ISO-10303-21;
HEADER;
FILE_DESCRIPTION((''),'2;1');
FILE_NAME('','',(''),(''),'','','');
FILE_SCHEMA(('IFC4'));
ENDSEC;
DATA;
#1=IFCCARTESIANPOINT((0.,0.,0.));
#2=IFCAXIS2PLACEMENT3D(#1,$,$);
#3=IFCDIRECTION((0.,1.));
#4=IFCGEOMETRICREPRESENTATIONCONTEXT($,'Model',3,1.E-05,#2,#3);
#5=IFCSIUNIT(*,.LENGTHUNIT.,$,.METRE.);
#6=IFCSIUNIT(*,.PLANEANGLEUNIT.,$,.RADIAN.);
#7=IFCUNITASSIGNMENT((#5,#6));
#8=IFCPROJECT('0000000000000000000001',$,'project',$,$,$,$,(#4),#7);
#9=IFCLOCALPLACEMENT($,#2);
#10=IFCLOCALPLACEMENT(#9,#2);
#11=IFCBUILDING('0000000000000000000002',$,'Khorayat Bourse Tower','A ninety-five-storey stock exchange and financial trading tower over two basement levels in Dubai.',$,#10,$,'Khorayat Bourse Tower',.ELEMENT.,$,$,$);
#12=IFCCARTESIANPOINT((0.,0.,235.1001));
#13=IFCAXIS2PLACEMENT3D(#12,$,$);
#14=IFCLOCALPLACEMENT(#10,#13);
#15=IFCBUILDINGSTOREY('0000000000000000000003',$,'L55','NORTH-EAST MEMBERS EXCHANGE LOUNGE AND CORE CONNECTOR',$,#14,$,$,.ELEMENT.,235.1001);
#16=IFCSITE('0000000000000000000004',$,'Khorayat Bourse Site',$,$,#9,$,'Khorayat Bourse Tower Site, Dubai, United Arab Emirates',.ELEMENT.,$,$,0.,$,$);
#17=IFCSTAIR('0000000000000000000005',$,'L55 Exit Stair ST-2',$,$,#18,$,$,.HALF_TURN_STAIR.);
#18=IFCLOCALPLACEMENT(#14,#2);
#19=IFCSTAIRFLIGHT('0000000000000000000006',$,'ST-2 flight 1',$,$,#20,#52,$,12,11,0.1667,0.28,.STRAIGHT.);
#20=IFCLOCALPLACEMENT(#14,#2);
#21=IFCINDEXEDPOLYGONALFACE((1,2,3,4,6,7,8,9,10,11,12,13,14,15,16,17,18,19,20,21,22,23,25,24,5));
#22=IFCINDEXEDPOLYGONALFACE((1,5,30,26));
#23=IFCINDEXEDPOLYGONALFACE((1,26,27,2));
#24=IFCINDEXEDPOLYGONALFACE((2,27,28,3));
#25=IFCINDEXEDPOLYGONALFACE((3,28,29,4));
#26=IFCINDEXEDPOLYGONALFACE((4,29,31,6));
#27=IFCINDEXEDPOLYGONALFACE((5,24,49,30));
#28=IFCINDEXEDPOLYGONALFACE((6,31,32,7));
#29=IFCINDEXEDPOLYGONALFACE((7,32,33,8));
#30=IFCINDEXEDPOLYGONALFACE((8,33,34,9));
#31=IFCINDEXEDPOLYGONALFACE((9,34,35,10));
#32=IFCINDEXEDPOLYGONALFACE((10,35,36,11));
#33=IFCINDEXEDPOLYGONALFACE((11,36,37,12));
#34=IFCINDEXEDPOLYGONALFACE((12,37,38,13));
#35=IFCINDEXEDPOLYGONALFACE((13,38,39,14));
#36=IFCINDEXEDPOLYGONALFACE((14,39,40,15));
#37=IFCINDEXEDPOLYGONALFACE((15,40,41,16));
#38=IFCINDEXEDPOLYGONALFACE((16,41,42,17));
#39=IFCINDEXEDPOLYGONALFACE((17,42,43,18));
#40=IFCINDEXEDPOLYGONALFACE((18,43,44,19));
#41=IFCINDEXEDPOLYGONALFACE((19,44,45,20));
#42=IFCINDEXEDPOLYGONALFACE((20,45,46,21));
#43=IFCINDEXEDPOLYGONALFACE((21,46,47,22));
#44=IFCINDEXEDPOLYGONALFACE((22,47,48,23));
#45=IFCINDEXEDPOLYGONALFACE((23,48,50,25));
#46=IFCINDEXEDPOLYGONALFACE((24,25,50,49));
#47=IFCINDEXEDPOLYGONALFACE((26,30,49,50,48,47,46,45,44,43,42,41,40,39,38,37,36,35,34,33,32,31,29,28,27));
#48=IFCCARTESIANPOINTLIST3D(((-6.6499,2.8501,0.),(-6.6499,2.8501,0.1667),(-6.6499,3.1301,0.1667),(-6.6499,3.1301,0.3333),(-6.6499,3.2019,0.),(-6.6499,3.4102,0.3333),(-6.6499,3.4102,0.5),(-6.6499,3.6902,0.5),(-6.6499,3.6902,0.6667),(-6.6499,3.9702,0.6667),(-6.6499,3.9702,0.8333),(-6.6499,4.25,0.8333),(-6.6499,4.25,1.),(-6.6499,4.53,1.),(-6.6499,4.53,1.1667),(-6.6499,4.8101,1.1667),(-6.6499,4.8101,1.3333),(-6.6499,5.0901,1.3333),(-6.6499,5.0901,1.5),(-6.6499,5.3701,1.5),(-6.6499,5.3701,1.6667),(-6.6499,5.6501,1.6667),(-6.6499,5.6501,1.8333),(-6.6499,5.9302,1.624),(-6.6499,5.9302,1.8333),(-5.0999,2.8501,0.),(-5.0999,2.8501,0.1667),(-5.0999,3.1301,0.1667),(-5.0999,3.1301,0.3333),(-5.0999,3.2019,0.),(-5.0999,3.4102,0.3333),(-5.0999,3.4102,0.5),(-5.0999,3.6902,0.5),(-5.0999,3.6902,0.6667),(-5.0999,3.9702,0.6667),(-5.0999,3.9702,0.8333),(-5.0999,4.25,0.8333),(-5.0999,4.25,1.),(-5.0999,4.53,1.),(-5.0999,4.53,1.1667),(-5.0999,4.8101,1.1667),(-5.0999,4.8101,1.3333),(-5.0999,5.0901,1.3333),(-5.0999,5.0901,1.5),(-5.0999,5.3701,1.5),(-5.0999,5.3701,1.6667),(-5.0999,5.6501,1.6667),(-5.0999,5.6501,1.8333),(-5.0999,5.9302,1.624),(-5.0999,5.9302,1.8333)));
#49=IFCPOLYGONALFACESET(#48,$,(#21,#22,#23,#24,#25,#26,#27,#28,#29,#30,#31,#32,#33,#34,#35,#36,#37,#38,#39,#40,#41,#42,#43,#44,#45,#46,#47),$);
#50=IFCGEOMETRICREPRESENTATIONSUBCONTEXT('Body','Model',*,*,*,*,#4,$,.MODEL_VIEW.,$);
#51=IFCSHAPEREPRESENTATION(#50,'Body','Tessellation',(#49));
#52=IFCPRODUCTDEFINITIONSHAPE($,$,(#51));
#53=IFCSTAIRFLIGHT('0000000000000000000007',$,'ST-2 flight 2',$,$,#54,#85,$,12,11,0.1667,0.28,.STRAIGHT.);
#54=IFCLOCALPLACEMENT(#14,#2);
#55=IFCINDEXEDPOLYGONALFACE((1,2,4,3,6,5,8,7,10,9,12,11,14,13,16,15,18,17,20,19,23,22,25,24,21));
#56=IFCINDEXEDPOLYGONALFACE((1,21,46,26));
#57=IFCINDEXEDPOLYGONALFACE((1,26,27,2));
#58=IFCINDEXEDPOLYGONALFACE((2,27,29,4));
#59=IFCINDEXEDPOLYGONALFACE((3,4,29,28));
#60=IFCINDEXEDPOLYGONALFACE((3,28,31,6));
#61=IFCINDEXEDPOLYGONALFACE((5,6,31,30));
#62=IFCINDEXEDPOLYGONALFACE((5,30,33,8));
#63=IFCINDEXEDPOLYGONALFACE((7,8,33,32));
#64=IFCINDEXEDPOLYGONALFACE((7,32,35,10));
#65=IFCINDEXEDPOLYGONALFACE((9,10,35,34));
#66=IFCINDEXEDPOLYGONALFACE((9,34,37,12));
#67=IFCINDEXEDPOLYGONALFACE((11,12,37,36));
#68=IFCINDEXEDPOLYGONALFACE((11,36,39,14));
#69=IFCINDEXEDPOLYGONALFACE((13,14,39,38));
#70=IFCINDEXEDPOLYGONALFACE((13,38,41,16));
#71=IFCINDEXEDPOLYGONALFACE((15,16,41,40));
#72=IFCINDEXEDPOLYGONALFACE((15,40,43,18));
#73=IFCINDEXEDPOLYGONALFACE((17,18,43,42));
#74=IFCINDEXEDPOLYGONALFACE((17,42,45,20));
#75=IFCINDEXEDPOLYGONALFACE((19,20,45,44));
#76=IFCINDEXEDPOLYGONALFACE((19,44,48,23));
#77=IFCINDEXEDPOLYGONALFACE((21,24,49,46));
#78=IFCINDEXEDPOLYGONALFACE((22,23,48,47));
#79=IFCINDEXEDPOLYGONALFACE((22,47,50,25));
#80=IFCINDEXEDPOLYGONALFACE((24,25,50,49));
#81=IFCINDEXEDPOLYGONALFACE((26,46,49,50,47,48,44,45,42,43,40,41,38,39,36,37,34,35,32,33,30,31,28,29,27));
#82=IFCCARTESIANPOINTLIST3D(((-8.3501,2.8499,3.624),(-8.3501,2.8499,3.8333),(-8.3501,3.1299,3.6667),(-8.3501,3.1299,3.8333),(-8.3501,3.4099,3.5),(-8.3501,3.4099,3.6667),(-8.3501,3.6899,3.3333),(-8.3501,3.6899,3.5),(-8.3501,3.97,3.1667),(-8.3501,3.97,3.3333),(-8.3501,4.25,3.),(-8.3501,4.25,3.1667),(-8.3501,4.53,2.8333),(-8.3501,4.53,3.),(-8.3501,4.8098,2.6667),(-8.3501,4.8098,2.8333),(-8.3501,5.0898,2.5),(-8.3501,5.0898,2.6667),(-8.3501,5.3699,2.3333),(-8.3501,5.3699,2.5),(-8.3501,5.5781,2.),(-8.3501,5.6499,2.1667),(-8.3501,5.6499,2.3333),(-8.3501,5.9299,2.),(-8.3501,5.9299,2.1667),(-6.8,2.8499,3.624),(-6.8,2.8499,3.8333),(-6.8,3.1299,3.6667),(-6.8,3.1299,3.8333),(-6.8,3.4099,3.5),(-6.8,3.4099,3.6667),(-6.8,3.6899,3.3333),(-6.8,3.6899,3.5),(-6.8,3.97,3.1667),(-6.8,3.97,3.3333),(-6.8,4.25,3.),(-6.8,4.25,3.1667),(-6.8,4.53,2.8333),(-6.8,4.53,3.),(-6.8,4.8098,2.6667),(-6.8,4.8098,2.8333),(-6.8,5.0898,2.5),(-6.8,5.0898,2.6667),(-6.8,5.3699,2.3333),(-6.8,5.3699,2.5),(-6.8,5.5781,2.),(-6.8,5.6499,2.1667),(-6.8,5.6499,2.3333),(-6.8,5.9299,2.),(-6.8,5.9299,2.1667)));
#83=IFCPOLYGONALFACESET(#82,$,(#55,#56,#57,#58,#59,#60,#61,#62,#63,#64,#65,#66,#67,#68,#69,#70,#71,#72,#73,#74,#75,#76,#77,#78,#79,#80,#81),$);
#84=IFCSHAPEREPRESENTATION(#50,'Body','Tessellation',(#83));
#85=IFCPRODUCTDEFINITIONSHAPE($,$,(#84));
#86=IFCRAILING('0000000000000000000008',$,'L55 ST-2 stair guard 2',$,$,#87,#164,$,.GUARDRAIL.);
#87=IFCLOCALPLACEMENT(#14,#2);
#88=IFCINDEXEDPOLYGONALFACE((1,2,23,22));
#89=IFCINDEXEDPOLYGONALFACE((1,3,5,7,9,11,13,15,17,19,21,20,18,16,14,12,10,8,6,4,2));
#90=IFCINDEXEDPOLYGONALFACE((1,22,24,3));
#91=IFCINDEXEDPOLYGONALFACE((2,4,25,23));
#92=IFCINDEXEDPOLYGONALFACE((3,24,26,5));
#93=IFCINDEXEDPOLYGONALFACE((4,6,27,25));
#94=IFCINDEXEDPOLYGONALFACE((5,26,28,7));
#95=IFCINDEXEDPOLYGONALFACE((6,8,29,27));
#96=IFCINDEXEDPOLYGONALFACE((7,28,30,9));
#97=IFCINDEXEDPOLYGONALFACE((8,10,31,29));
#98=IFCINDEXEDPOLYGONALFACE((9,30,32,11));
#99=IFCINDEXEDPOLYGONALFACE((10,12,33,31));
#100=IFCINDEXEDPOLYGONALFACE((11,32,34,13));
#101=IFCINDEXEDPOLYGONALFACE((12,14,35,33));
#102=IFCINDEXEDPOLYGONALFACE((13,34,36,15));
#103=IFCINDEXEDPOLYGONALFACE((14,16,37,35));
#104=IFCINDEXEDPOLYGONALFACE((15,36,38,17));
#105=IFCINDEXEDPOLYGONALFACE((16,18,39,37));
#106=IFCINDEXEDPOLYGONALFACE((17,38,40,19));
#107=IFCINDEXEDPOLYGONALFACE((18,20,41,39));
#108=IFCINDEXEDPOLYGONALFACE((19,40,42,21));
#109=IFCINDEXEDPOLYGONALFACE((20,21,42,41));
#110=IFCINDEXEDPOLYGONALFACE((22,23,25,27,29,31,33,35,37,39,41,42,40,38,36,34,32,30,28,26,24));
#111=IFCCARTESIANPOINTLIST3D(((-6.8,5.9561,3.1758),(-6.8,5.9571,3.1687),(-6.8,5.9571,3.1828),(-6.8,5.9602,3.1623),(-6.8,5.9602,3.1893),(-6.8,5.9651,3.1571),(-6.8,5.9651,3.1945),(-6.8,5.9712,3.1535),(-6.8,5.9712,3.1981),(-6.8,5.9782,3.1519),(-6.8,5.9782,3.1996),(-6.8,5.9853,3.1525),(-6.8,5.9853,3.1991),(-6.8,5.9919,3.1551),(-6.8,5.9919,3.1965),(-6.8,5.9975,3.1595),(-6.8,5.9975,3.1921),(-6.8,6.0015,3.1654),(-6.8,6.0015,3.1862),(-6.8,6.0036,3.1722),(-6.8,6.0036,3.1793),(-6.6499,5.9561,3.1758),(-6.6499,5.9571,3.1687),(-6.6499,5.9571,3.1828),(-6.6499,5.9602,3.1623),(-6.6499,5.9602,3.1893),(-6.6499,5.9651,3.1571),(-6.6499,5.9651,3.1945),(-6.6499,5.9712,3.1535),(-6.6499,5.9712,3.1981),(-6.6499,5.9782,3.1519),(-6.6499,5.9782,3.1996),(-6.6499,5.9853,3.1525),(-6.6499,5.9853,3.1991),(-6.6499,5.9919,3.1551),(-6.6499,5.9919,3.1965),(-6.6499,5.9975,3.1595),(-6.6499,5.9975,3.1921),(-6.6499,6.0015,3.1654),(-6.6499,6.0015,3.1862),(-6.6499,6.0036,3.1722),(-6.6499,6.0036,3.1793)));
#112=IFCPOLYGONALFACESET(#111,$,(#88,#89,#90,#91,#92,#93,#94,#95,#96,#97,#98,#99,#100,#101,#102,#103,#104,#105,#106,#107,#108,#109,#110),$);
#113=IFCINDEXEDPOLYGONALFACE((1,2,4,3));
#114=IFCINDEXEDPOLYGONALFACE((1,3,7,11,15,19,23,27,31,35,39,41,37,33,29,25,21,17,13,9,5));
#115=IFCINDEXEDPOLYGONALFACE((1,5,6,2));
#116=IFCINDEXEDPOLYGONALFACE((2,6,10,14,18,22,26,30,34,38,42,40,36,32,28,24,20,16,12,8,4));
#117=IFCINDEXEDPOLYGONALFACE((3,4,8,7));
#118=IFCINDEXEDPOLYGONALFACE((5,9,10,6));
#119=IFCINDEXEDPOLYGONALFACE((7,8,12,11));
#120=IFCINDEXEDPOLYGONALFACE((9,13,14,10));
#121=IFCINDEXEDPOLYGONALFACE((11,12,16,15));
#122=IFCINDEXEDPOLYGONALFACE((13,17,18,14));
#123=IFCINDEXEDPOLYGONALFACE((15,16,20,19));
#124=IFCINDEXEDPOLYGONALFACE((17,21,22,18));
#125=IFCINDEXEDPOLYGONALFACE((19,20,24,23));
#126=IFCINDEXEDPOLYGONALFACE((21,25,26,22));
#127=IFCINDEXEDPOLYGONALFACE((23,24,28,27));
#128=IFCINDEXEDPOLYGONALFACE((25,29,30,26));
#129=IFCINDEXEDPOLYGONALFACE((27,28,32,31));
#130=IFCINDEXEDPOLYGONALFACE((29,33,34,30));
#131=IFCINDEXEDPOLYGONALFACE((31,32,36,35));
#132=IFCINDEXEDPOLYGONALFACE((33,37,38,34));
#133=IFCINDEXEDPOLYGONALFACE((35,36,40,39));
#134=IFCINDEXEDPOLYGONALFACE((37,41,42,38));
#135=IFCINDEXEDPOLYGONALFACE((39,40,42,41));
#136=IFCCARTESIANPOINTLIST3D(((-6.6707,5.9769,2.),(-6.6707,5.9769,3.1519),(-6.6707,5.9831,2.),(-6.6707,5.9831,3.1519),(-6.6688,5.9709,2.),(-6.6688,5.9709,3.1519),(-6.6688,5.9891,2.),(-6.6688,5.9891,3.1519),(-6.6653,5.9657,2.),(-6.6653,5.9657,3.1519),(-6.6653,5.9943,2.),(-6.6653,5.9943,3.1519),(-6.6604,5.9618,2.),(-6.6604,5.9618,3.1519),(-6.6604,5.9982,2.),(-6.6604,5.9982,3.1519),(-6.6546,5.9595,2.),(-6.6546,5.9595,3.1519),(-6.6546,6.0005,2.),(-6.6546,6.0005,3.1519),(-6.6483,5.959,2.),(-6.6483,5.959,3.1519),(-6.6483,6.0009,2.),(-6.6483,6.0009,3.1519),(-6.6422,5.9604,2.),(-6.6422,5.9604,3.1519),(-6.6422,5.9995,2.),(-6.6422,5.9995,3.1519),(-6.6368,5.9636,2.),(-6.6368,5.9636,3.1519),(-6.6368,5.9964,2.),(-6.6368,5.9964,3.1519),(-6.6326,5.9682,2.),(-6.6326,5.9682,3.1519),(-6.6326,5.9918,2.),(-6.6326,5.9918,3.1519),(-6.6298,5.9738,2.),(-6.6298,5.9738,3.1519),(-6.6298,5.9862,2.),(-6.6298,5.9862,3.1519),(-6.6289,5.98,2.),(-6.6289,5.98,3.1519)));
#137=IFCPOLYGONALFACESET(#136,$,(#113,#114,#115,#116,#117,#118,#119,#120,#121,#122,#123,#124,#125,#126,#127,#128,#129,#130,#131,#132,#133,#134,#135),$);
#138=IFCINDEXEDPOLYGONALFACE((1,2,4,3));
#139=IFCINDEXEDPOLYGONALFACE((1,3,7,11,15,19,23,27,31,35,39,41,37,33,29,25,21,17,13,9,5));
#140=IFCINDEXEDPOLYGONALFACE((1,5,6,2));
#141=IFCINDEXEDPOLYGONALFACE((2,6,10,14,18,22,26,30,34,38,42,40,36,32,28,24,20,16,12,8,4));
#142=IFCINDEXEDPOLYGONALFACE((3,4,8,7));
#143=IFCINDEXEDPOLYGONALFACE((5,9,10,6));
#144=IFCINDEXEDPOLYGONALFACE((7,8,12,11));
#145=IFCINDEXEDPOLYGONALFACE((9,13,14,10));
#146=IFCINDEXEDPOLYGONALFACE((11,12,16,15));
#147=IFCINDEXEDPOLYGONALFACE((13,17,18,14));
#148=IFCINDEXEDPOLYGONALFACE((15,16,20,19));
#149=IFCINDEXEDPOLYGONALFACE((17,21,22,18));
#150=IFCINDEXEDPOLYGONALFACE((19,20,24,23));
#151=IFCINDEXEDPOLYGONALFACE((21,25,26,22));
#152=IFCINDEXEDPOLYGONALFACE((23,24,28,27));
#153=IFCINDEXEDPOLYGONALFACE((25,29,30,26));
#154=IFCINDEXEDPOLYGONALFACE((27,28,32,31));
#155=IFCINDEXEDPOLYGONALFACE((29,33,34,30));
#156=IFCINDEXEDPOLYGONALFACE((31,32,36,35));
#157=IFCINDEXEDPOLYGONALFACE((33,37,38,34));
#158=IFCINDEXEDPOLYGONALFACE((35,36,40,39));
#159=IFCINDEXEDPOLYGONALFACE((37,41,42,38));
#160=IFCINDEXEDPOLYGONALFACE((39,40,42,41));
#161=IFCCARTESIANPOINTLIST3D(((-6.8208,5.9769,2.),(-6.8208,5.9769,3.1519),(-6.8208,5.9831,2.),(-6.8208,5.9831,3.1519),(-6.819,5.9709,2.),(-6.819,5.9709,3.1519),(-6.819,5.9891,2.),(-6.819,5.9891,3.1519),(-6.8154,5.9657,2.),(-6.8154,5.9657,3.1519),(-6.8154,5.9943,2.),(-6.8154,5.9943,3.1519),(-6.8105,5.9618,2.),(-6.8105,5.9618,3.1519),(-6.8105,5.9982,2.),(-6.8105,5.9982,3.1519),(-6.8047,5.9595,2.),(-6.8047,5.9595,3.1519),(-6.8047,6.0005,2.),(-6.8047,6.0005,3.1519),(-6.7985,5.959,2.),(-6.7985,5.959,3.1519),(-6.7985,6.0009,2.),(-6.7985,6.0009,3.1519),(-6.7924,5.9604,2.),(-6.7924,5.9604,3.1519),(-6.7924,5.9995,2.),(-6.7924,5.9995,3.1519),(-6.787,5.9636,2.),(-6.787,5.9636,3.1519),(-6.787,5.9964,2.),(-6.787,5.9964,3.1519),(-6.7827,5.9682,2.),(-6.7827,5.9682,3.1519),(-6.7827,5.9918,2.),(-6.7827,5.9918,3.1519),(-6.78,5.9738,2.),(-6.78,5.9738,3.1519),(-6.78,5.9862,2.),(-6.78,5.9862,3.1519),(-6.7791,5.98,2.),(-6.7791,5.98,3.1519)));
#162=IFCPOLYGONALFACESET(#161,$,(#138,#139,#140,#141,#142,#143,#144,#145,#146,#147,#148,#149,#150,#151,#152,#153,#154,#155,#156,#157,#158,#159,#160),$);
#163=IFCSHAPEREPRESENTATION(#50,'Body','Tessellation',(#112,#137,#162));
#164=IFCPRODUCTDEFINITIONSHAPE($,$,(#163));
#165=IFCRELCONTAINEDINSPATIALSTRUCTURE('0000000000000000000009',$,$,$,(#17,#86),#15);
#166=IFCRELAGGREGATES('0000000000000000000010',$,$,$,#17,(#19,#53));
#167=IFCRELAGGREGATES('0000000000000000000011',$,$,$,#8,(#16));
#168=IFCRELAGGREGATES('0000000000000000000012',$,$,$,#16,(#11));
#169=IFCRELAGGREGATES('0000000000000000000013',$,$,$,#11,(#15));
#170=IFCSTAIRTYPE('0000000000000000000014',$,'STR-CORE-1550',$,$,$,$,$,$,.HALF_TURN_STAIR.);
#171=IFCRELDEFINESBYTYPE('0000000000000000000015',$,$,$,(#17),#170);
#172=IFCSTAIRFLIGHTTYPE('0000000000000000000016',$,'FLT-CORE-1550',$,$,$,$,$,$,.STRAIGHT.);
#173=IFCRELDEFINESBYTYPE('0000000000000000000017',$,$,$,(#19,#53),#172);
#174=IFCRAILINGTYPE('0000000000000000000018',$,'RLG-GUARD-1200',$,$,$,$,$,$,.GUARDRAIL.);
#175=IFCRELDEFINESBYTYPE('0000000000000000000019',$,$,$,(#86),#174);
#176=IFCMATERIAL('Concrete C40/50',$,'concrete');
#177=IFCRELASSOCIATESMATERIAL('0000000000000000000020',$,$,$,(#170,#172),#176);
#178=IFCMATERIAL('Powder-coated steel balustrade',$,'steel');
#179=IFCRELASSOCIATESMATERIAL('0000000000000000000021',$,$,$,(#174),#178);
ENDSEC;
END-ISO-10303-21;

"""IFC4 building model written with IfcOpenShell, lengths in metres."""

from ifc_helpers import new_model, si_unit, direction, frame, origin, origin_2d, place, context, subcontext, project, spatial, polyline, circle, outline, extrude, source, transform, mapped, material, type_object, element, aggregate, save


model = new_model("IFC4")

# Units and contexts
model_context = context("Model", 3, precision=1e-05, world=origin(), true_north=direction((0.0, 1.0)))
body_context = subcontext(model_context, "Body", "Model", "MODEL_VIEW")
ifc_project = project(units=[si_unit("LENGTHUNIT", "METRE"), si_unit("PLANEANGLEUNIT", "RADIAN")], contexts=[model_context])

# Site, building, storey
site_placement = place(None, origin())
site = spatial("IfcSite", under=ifc_project, at=site_placement, Name="Khorayat Bourse Site", LongName="Khorayat Bourse Tower Site, Dubai, United Arab Emirates", CompositionType="ELEMENT", RefElevation=0.0)
building_placement = place(site_placement, origin())
building = spatial("IfcBuilding", under=site, at=building_placement, Name="Khorayat Bourse Tower", Description="A ninety-five-storey stock exchange and financial trading tower over two basement levels in Dubai.", LongName="Khorayat Bourse Tower", CompositionType="ELEMENT")
storey_placement = place(building_placement, frame((0.0, 0.0, 235.1001)))
storey = spatial("IfcBuildingStorey", under=building, at=storey_placement, Name="L55", Description="NORTH-EAST MEMBERS EXCHANGE LOUNGE AND CORE CONNECTOR", CompositionType="ELEMENT", Elevation=235.1001)

# Stair, stair flights
ifc_material_1 = material(Name="Concrete C40/50", Category="concrete")
stair_type = type_object("IfcStairType", Name="STR-CORE-1550", PredefinedType="HALF_TURN_STAIR", material=ifc_material_1)
stair_placement = place(storey_placement, origin())
stair = element("IfcStair", 1, at=stair_placement, inside=storey, type_object=stair_type, Name="L55 Exit Stair ST-2", PredefinedType="HALF_TURN_STAIR")
stair_flight_type = type_object("IfcStairFlightType", Name="FLT-CORE-1550", PredefinedType="STRAIGHT", material=ifc_material_1)
shared_shape_1 = source(origin(), body_context, "Body", "SweptSolid", [
    extrude(outline(polyline([(0.0, 0.0), (0.0, 0.1667), (0.28, 0.1667), (0.28, 0.3333), (0.5601, 0.3333), (0.5601, 0.5), (0.8401, 0.5), (0.8401, 0.6667), (1.1201, 0.6667), (1.1201, 0.8333), (1.3999, 0.8333), (1.3999, 1.0), (1.6799, 1.0), (1.6799, 1.1667), (1.96, 1.1667), (1.96, 1.3333), (2.24, 1.3333), (2.24, 1.5), (2.52, 1.5), (2.52, 1.6667), (2.8, 1.6667), (2.8, 1.8333), (3.0801, 1.8333), (3.0801, 2.0), (3.0801, 1.624), (0.3518, 0.0), (0.0, 0.0)])), frame((0.0, 0.7749, 0.0), z_axis=(0.0, -1.0, 0.0), x_axis=(1.0, 0.0, 0.0)), (0.0, 0.0, 1.0), 1.55),
])
stair_flight_1_placement = place(storey_placement, frame((-5.875, 2.8501, 0.0), z_axis=(0.0, 0.0, 1.0), x_axis=(0.0, 1.0, 0.0)))
stair_flight_1 = element("IfcStairFlight", 2, at=stair_flight_1_placement, type_object=stair_flight_type, Name="ST-2 flight 1", NumberOfRisers=12, NumberOfTreads=11, PredefinedType="STRAIGHT", RiserHeight=0.1667, TreadLength=0.28, context=body_context, shape_type="MappedRepresentation", body=[
    mapped(shared_shape_1, transform((0.0, 0.0, 0.0), scale=1.0)),
])
stair_flight_2_placement = place(storey_placement, frame((-7.575, 5.9299, 2.0), z_axis=(0.0, 0.0, 1.0), x_axis=(0.0, -1.0, 0.0)))
stair_flight_2 = element("IfcStairFlight", 3, at=stair_flight_2_placement, type_object=stair_flight_type, Name="ST-2 flight 2", NumberOfRisers=12, NumberOfTreads=11, PredefinedType="STRAIGHT", RiserHeight=0.1667, TreadLength=0.28, context=body_context, shape_type="MappedRepresentation", body=[
    mapped(shared_shape_1, transform((0.0, 0.0, 0.0), scale=1.0)),
])
aggregate(stair, [stair_flight_1, stair_flight_2])

# Railing
ifc_material_2 = material(Name="Powder-coated steel balustrade", Category="steel")
railing_type_1 = type_object("IfcRailingType", Name="RLG-GUARD-1200", PredefinedType="GUARDRAIL", material=ifc_material_2)
shared_shape_2 = source(origin(), body_context, "Body", "SweptSolid", [
    extrude(circle(Radius=0.0239, at=origin_2d()), frame((0.0, 0.0, 1.1758), z_axis=(-1.0, 0.0, 0.0), x_axis=(0.0, -1.0, 0.0)), (0.0, 0.0, 1.0), 0.1501),
    extrude(circle(Radius=0.021, at=origin_2d()), origin(), (0.0, 0.0, 1.0), 1.1519),
    extrude(circle(Radius=0.021, at=origin_2d()), frame((-0.1501, 0.0, 0.0)), (0.0, 0.0, 1.0), 1.1519),
])
for number, where, name in (
    (4, (-6.6499, 5.98, 2.0), "L55 ST-2 stair guard 2"),
):
    element("IfcRailing", number, at=place(storey_placement, frame(where)), inside=storey, type_object=railing_type_1, Name=name, PredefinedType="GUARDRAIL", context=body_context, shape_type="MappedRepresentation", body=[
        mapped(shared_shape_2, transform((0.0, 0.0, 0.0), scale=1.0)),
    ])

save(model, "model.ifc")
